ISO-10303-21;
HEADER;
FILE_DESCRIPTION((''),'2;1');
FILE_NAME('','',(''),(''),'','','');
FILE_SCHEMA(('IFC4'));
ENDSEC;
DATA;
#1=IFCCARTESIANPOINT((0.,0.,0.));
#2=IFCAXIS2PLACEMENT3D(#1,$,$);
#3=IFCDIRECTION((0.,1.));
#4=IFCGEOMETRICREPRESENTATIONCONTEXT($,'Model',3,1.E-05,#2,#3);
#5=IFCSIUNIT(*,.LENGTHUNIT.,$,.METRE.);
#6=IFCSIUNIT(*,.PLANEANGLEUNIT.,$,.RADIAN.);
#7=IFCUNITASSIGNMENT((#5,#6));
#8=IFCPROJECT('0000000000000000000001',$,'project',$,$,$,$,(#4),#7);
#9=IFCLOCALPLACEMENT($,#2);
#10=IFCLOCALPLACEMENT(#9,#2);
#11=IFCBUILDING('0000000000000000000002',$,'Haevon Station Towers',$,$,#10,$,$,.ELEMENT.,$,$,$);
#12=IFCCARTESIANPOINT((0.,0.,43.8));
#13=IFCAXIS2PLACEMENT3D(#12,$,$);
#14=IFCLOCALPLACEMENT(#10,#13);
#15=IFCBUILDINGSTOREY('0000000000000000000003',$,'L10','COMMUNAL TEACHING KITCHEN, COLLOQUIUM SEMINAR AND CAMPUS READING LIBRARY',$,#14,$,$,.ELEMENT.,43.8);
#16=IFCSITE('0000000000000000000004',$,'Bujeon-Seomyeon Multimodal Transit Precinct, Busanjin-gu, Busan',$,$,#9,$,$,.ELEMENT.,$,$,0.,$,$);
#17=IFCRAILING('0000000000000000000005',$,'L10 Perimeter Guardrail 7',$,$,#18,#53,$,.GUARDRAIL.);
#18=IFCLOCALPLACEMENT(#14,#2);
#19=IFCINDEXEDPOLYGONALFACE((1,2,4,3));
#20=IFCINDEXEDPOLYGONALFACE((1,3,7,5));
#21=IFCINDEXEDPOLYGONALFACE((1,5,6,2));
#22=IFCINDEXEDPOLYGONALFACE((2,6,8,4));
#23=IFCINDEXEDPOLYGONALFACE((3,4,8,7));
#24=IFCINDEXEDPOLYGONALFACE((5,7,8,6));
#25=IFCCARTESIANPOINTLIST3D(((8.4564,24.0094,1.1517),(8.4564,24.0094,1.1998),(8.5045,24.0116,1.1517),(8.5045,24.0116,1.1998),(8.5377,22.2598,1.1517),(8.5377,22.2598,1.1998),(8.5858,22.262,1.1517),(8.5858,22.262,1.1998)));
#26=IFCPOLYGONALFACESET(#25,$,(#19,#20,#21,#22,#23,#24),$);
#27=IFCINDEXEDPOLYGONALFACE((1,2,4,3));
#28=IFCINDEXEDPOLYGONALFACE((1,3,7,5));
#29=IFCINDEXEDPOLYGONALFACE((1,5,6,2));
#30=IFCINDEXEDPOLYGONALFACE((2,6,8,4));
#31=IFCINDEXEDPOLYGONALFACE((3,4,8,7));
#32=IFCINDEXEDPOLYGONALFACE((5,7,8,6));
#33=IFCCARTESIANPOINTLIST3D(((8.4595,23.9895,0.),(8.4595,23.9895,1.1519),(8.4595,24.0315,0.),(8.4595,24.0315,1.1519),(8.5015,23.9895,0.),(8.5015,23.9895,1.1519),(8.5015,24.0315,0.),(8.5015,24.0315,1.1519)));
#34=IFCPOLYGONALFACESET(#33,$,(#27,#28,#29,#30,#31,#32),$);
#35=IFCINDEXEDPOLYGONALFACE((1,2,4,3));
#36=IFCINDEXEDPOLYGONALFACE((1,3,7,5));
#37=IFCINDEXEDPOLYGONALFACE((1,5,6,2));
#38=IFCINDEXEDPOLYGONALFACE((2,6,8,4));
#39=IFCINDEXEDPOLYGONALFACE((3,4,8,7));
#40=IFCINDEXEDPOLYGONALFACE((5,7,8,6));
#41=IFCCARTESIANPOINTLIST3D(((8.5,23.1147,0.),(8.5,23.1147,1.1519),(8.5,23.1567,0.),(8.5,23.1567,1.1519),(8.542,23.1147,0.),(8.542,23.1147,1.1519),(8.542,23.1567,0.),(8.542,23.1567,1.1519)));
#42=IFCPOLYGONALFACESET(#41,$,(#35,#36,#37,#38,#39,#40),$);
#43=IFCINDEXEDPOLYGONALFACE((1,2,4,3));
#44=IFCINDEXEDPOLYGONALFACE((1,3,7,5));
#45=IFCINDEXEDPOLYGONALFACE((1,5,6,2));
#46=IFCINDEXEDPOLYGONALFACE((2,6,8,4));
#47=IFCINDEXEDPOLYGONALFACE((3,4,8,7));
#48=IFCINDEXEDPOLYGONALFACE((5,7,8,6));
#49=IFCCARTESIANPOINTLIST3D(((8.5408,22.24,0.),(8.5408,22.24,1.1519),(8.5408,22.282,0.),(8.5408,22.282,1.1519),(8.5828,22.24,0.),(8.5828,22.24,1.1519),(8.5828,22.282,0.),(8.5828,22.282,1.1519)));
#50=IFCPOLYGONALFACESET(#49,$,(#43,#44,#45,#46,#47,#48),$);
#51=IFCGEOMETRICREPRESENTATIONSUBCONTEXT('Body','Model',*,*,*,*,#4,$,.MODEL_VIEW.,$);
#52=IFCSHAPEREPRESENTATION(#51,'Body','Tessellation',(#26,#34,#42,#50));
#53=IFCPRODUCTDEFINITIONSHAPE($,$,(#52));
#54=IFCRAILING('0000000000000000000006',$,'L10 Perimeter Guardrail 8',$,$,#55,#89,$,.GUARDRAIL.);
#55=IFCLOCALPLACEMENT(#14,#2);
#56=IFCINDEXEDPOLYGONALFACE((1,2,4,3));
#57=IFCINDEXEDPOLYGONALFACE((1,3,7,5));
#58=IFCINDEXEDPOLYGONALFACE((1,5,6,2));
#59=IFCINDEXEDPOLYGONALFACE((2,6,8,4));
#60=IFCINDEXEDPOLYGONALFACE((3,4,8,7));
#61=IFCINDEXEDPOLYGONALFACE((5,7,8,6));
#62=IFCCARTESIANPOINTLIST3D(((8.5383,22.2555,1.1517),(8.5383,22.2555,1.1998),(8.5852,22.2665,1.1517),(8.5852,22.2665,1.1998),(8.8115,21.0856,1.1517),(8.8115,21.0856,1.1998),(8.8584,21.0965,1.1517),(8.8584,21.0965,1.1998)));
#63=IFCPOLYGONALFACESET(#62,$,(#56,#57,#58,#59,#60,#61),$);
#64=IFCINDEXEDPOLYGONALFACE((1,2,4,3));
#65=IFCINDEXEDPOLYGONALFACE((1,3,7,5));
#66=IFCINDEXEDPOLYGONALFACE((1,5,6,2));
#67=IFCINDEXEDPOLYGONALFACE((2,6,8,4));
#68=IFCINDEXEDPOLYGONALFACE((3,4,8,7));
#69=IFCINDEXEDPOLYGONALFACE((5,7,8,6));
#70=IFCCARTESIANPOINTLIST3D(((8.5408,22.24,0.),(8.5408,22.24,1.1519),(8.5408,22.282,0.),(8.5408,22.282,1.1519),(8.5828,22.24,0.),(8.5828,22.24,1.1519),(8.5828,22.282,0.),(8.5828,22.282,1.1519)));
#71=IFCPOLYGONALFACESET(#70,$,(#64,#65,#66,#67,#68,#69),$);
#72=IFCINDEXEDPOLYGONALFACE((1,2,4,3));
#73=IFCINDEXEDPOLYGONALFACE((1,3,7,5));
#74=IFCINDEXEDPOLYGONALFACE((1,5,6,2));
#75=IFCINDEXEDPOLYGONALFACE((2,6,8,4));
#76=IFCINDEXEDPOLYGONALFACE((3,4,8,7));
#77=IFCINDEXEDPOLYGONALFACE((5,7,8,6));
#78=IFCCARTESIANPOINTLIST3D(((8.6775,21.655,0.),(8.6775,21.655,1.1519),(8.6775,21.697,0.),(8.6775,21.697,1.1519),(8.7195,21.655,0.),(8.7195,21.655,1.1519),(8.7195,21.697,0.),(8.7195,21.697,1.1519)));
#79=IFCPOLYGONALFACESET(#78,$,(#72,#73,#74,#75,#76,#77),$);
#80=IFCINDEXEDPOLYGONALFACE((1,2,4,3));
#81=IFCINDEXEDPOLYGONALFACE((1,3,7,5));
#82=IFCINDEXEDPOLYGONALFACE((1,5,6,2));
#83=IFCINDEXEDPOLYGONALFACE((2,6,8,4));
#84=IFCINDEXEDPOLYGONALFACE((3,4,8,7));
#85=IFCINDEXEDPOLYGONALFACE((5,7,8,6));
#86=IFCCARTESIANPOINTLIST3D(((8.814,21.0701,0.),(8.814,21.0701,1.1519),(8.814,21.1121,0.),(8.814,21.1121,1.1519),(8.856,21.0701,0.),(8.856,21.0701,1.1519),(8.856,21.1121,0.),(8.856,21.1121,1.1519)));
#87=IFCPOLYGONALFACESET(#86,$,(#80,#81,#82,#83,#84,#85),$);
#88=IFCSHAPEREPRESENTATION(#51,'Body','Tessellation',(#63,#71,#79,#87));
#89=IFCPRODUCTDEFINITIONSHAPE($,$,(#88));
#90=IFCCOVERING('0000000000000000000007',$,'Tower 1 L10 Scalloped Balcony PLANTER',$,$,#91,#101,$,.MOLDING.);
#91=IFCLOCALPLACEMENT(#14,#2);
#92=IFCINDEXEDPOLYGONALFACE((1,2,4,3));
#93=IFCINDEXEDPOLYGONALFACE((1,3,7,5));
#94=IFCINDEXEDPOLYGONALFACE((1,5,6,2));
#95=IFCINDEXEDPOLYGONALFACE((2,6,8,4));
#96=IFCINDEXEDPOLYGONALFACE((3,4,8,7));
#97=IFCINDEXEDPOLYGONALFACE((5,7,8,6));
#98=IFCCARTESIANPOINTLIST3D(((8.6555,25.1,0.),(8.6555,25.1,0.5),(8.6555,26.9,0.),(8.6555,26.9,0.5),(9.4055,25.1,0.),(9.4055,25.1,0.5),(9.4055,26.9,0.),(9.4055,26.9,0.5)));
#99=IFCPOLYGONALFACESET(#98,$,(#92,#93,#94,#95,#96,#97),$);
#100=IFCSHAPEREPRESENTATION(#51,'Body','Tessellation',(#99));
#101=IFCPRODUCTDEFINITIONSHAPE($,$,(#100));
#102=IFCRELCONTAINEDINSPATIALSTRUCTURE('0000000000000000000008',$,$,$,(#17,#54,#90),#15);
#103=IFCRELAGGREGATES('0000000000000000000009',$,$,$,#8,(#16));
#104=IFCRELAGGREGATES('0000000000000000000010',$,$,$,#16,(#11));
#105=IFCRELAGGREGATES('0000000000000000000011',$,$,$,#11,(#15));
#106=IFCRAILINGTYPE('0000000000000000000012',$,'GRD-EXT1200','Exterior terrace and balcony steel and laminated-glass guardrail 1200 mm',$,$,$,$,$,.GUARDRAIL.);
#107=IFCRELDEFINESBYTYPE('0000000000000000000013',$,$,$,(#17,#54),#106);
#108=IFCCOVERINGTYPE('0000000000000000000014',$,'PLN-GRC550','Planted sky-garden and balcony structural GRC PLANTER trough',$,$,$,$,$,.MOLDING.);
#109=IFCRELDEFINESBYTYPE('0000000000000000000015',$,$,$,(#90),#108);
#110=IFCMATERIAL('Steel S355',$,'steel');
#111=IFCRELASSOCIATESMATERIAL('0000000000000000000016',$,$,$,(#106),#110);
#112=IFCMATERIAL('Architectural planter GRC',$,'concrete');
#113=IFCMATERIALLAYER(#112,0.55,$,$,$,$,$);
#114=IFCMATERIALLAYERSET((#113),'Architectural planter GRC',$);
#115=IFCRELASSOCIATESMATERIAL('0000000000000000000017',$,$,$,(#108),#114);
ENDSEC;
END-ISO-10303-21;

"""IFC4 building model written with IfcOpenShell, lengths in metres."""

from ifc_helpers import new_model, si_unit, direction, frame, origin, origin_2d, place, context, subcontext, project, spatial, rectangle, extrude, material, layer, layer_set, type_object, element, save


model = new_model("IFC4")

# Units and contexts
model_context = context("Model", 3, precision=1e-05, world=origin(), true_north=direction((0.0, 1.0)))
body_context = subcontext(model_context, "Body", "Model", "MODEL_VIEW")
ifc_project = project(units=[si_unit("LENGTHUNIT", "METRE"), si_unit("PLANEANGLEUNIT", "RADIAN")], contexts=[model_context])

# Site, building, storey
site_placement = place(None, origin())
site = spatial("IfcSite", under=ifc_project, at=site_placement, Name="Bujeon-Seomyeon Multimodal Transit Precinct, Busanjin-gu, Busan", CompositionType="ELEMENT", RefElevation=0.0)
building_placement = place(site_placement, origin())
building = spatial("IfcBuilding", under=site, at=building_placement, Name="Haevon Station Towers", CompositionType="ELEMENT")
storey_placement = place(building_placement, frame((0.0, 0.0, 43.8)))
storey = spatial("IfcBuildingStorey", under=building, at=storey_placement, Name="L10", Description="COMMUNAL TEACHING KITCHEN, COLLOQUIUM SEMINAR AND CAMPUS READING LIBRARY", CompositionType="ELEMENT", Elevation=43.8)

# Shared definitions
ifc_material_1 = material(Name="Steel S355", Category="steel")

# Railings
railing_type = type_object("IfcRailingType", Name="GRD-EXT1200", Description="Exterior terrace and balcony steel and laminated-glass guardrail 1200 mm", PredefinedType="GUARDRAIL", material=ifc_material_1)
railing_1_placement = place(storey_placement, frame((8.4805, 24.0105, 0.0)))
element("IfcRailing", 1, at=railing_1_placement, inside=storey, type_object=railing_type, Name="L10 Perimeter Guardrail 7", PredefinedType="GUARDRAIL", context=body_context, shape_type="SweptSolid", body=[
    extrude(rectangle(XDim=0.0481, YDim=0.0481, at=origin_2d()), frame((0.0, 0.0, 1.1758), z_axis=(0.046419, -0.998922, 0.0), x_axis=(0.998922, 0.046419, 0.0)), (0.0, 0.0, 1.0), 1.7515),
    extrude(rectangle(XDim=0.042, YDim=0.042, at=origin_2d()), origin(), (0.0, 0.0, 1.0), 1.1519),
    extrude(rectangle(XDim=0.042, YDim=0.042, at=origin_2d()), frame((0.0405, -0.8748, 0.0)), (0.0, 0.0, 1.0), 1.1519),
    extrude(rectangle(XDim=0.042, YDim=0.042, at=origin_2d()), frame((0.0813, -1.7495, 0.0)), (0.0, 0.0, 1.0), 1.1519),
])
railing_2_placement = place(storey_placement, frame((8.5618, 22.261, 0.0)))
element("IfcRailing", 2, at=railing_2_placement, inside=storey, type_object=railing_type, Name="L10 Perimeter Guardrail 8", PredefinedType="GUARDRAIL", context=body_context, shape_type="SweptSolid", body=[
    extrude(rectangle(XDim=0.0481, YDim=0.0481, at=origin_2d()), frame((0.0, 0.0, 1.1758), z_axis=(0.227397, -0.973802, 0.0), x_axis=(0.973802, 0.227397, 0.0)), (0.0, 0.0, 1.0), 1.2014),
    extrude(rectangle(XDim=0.042, YDim=0.042, at=origin_2d()), origin(), (0.0, 0.0, 1.0), 1.1519),
    extrude(rectangle(XDim=0.042, YDim=0.042, at=origin_2d()), frame((0.1367, -0.585, 0.0)), (0.0, 0.0, 1.0), 1.1519),
    extrude(rectangle(XDim=0.042, YDim=0.042, at=origin_2d()), frame((0.2732, -1.1699, 0.0)), (0.0, 0.0, 1.0), 1.1519),
])

# Covering
ifc_material_2 = material(Name="Architectural planter GRC", Category="concrete")
ifc_layer_1 = layer(ifc_material_2, 0.55)
ifc_layer_set_1 = layer_set([ifc_layer_1], Name="Architectural planter GRC")
covering_type = type_object("IfcCoveringType", Name="PLN-GRC550", Description="Planted sky-garden and balcony structural GRC PLANTER trough", PredefinedType="MOLDING", material=ifc_layer_set_1)
covering_placement = place(storey_placement, frame((9.0305, 26.0, 0.0), z_axis=(0.0, 0.0, 1.0), x_axis=(1.0, 0.0, 0.0)))
element("IfcCovering", 3, at=covering_placement, inside=storey, type_object=covering_type, Name="Tower 1 L10 Scalloped Balcony PLANTER", PredefinedType="MOLDING", context=body_context, shape_type="SweptSolid", body=[
    extrude(rectangle(XDim=0.75, YDim=1.8, at=origin_2d()), origin(), (0.0, 0.0, 1.0), 0.5),
])

save(model, "model.ifc")
